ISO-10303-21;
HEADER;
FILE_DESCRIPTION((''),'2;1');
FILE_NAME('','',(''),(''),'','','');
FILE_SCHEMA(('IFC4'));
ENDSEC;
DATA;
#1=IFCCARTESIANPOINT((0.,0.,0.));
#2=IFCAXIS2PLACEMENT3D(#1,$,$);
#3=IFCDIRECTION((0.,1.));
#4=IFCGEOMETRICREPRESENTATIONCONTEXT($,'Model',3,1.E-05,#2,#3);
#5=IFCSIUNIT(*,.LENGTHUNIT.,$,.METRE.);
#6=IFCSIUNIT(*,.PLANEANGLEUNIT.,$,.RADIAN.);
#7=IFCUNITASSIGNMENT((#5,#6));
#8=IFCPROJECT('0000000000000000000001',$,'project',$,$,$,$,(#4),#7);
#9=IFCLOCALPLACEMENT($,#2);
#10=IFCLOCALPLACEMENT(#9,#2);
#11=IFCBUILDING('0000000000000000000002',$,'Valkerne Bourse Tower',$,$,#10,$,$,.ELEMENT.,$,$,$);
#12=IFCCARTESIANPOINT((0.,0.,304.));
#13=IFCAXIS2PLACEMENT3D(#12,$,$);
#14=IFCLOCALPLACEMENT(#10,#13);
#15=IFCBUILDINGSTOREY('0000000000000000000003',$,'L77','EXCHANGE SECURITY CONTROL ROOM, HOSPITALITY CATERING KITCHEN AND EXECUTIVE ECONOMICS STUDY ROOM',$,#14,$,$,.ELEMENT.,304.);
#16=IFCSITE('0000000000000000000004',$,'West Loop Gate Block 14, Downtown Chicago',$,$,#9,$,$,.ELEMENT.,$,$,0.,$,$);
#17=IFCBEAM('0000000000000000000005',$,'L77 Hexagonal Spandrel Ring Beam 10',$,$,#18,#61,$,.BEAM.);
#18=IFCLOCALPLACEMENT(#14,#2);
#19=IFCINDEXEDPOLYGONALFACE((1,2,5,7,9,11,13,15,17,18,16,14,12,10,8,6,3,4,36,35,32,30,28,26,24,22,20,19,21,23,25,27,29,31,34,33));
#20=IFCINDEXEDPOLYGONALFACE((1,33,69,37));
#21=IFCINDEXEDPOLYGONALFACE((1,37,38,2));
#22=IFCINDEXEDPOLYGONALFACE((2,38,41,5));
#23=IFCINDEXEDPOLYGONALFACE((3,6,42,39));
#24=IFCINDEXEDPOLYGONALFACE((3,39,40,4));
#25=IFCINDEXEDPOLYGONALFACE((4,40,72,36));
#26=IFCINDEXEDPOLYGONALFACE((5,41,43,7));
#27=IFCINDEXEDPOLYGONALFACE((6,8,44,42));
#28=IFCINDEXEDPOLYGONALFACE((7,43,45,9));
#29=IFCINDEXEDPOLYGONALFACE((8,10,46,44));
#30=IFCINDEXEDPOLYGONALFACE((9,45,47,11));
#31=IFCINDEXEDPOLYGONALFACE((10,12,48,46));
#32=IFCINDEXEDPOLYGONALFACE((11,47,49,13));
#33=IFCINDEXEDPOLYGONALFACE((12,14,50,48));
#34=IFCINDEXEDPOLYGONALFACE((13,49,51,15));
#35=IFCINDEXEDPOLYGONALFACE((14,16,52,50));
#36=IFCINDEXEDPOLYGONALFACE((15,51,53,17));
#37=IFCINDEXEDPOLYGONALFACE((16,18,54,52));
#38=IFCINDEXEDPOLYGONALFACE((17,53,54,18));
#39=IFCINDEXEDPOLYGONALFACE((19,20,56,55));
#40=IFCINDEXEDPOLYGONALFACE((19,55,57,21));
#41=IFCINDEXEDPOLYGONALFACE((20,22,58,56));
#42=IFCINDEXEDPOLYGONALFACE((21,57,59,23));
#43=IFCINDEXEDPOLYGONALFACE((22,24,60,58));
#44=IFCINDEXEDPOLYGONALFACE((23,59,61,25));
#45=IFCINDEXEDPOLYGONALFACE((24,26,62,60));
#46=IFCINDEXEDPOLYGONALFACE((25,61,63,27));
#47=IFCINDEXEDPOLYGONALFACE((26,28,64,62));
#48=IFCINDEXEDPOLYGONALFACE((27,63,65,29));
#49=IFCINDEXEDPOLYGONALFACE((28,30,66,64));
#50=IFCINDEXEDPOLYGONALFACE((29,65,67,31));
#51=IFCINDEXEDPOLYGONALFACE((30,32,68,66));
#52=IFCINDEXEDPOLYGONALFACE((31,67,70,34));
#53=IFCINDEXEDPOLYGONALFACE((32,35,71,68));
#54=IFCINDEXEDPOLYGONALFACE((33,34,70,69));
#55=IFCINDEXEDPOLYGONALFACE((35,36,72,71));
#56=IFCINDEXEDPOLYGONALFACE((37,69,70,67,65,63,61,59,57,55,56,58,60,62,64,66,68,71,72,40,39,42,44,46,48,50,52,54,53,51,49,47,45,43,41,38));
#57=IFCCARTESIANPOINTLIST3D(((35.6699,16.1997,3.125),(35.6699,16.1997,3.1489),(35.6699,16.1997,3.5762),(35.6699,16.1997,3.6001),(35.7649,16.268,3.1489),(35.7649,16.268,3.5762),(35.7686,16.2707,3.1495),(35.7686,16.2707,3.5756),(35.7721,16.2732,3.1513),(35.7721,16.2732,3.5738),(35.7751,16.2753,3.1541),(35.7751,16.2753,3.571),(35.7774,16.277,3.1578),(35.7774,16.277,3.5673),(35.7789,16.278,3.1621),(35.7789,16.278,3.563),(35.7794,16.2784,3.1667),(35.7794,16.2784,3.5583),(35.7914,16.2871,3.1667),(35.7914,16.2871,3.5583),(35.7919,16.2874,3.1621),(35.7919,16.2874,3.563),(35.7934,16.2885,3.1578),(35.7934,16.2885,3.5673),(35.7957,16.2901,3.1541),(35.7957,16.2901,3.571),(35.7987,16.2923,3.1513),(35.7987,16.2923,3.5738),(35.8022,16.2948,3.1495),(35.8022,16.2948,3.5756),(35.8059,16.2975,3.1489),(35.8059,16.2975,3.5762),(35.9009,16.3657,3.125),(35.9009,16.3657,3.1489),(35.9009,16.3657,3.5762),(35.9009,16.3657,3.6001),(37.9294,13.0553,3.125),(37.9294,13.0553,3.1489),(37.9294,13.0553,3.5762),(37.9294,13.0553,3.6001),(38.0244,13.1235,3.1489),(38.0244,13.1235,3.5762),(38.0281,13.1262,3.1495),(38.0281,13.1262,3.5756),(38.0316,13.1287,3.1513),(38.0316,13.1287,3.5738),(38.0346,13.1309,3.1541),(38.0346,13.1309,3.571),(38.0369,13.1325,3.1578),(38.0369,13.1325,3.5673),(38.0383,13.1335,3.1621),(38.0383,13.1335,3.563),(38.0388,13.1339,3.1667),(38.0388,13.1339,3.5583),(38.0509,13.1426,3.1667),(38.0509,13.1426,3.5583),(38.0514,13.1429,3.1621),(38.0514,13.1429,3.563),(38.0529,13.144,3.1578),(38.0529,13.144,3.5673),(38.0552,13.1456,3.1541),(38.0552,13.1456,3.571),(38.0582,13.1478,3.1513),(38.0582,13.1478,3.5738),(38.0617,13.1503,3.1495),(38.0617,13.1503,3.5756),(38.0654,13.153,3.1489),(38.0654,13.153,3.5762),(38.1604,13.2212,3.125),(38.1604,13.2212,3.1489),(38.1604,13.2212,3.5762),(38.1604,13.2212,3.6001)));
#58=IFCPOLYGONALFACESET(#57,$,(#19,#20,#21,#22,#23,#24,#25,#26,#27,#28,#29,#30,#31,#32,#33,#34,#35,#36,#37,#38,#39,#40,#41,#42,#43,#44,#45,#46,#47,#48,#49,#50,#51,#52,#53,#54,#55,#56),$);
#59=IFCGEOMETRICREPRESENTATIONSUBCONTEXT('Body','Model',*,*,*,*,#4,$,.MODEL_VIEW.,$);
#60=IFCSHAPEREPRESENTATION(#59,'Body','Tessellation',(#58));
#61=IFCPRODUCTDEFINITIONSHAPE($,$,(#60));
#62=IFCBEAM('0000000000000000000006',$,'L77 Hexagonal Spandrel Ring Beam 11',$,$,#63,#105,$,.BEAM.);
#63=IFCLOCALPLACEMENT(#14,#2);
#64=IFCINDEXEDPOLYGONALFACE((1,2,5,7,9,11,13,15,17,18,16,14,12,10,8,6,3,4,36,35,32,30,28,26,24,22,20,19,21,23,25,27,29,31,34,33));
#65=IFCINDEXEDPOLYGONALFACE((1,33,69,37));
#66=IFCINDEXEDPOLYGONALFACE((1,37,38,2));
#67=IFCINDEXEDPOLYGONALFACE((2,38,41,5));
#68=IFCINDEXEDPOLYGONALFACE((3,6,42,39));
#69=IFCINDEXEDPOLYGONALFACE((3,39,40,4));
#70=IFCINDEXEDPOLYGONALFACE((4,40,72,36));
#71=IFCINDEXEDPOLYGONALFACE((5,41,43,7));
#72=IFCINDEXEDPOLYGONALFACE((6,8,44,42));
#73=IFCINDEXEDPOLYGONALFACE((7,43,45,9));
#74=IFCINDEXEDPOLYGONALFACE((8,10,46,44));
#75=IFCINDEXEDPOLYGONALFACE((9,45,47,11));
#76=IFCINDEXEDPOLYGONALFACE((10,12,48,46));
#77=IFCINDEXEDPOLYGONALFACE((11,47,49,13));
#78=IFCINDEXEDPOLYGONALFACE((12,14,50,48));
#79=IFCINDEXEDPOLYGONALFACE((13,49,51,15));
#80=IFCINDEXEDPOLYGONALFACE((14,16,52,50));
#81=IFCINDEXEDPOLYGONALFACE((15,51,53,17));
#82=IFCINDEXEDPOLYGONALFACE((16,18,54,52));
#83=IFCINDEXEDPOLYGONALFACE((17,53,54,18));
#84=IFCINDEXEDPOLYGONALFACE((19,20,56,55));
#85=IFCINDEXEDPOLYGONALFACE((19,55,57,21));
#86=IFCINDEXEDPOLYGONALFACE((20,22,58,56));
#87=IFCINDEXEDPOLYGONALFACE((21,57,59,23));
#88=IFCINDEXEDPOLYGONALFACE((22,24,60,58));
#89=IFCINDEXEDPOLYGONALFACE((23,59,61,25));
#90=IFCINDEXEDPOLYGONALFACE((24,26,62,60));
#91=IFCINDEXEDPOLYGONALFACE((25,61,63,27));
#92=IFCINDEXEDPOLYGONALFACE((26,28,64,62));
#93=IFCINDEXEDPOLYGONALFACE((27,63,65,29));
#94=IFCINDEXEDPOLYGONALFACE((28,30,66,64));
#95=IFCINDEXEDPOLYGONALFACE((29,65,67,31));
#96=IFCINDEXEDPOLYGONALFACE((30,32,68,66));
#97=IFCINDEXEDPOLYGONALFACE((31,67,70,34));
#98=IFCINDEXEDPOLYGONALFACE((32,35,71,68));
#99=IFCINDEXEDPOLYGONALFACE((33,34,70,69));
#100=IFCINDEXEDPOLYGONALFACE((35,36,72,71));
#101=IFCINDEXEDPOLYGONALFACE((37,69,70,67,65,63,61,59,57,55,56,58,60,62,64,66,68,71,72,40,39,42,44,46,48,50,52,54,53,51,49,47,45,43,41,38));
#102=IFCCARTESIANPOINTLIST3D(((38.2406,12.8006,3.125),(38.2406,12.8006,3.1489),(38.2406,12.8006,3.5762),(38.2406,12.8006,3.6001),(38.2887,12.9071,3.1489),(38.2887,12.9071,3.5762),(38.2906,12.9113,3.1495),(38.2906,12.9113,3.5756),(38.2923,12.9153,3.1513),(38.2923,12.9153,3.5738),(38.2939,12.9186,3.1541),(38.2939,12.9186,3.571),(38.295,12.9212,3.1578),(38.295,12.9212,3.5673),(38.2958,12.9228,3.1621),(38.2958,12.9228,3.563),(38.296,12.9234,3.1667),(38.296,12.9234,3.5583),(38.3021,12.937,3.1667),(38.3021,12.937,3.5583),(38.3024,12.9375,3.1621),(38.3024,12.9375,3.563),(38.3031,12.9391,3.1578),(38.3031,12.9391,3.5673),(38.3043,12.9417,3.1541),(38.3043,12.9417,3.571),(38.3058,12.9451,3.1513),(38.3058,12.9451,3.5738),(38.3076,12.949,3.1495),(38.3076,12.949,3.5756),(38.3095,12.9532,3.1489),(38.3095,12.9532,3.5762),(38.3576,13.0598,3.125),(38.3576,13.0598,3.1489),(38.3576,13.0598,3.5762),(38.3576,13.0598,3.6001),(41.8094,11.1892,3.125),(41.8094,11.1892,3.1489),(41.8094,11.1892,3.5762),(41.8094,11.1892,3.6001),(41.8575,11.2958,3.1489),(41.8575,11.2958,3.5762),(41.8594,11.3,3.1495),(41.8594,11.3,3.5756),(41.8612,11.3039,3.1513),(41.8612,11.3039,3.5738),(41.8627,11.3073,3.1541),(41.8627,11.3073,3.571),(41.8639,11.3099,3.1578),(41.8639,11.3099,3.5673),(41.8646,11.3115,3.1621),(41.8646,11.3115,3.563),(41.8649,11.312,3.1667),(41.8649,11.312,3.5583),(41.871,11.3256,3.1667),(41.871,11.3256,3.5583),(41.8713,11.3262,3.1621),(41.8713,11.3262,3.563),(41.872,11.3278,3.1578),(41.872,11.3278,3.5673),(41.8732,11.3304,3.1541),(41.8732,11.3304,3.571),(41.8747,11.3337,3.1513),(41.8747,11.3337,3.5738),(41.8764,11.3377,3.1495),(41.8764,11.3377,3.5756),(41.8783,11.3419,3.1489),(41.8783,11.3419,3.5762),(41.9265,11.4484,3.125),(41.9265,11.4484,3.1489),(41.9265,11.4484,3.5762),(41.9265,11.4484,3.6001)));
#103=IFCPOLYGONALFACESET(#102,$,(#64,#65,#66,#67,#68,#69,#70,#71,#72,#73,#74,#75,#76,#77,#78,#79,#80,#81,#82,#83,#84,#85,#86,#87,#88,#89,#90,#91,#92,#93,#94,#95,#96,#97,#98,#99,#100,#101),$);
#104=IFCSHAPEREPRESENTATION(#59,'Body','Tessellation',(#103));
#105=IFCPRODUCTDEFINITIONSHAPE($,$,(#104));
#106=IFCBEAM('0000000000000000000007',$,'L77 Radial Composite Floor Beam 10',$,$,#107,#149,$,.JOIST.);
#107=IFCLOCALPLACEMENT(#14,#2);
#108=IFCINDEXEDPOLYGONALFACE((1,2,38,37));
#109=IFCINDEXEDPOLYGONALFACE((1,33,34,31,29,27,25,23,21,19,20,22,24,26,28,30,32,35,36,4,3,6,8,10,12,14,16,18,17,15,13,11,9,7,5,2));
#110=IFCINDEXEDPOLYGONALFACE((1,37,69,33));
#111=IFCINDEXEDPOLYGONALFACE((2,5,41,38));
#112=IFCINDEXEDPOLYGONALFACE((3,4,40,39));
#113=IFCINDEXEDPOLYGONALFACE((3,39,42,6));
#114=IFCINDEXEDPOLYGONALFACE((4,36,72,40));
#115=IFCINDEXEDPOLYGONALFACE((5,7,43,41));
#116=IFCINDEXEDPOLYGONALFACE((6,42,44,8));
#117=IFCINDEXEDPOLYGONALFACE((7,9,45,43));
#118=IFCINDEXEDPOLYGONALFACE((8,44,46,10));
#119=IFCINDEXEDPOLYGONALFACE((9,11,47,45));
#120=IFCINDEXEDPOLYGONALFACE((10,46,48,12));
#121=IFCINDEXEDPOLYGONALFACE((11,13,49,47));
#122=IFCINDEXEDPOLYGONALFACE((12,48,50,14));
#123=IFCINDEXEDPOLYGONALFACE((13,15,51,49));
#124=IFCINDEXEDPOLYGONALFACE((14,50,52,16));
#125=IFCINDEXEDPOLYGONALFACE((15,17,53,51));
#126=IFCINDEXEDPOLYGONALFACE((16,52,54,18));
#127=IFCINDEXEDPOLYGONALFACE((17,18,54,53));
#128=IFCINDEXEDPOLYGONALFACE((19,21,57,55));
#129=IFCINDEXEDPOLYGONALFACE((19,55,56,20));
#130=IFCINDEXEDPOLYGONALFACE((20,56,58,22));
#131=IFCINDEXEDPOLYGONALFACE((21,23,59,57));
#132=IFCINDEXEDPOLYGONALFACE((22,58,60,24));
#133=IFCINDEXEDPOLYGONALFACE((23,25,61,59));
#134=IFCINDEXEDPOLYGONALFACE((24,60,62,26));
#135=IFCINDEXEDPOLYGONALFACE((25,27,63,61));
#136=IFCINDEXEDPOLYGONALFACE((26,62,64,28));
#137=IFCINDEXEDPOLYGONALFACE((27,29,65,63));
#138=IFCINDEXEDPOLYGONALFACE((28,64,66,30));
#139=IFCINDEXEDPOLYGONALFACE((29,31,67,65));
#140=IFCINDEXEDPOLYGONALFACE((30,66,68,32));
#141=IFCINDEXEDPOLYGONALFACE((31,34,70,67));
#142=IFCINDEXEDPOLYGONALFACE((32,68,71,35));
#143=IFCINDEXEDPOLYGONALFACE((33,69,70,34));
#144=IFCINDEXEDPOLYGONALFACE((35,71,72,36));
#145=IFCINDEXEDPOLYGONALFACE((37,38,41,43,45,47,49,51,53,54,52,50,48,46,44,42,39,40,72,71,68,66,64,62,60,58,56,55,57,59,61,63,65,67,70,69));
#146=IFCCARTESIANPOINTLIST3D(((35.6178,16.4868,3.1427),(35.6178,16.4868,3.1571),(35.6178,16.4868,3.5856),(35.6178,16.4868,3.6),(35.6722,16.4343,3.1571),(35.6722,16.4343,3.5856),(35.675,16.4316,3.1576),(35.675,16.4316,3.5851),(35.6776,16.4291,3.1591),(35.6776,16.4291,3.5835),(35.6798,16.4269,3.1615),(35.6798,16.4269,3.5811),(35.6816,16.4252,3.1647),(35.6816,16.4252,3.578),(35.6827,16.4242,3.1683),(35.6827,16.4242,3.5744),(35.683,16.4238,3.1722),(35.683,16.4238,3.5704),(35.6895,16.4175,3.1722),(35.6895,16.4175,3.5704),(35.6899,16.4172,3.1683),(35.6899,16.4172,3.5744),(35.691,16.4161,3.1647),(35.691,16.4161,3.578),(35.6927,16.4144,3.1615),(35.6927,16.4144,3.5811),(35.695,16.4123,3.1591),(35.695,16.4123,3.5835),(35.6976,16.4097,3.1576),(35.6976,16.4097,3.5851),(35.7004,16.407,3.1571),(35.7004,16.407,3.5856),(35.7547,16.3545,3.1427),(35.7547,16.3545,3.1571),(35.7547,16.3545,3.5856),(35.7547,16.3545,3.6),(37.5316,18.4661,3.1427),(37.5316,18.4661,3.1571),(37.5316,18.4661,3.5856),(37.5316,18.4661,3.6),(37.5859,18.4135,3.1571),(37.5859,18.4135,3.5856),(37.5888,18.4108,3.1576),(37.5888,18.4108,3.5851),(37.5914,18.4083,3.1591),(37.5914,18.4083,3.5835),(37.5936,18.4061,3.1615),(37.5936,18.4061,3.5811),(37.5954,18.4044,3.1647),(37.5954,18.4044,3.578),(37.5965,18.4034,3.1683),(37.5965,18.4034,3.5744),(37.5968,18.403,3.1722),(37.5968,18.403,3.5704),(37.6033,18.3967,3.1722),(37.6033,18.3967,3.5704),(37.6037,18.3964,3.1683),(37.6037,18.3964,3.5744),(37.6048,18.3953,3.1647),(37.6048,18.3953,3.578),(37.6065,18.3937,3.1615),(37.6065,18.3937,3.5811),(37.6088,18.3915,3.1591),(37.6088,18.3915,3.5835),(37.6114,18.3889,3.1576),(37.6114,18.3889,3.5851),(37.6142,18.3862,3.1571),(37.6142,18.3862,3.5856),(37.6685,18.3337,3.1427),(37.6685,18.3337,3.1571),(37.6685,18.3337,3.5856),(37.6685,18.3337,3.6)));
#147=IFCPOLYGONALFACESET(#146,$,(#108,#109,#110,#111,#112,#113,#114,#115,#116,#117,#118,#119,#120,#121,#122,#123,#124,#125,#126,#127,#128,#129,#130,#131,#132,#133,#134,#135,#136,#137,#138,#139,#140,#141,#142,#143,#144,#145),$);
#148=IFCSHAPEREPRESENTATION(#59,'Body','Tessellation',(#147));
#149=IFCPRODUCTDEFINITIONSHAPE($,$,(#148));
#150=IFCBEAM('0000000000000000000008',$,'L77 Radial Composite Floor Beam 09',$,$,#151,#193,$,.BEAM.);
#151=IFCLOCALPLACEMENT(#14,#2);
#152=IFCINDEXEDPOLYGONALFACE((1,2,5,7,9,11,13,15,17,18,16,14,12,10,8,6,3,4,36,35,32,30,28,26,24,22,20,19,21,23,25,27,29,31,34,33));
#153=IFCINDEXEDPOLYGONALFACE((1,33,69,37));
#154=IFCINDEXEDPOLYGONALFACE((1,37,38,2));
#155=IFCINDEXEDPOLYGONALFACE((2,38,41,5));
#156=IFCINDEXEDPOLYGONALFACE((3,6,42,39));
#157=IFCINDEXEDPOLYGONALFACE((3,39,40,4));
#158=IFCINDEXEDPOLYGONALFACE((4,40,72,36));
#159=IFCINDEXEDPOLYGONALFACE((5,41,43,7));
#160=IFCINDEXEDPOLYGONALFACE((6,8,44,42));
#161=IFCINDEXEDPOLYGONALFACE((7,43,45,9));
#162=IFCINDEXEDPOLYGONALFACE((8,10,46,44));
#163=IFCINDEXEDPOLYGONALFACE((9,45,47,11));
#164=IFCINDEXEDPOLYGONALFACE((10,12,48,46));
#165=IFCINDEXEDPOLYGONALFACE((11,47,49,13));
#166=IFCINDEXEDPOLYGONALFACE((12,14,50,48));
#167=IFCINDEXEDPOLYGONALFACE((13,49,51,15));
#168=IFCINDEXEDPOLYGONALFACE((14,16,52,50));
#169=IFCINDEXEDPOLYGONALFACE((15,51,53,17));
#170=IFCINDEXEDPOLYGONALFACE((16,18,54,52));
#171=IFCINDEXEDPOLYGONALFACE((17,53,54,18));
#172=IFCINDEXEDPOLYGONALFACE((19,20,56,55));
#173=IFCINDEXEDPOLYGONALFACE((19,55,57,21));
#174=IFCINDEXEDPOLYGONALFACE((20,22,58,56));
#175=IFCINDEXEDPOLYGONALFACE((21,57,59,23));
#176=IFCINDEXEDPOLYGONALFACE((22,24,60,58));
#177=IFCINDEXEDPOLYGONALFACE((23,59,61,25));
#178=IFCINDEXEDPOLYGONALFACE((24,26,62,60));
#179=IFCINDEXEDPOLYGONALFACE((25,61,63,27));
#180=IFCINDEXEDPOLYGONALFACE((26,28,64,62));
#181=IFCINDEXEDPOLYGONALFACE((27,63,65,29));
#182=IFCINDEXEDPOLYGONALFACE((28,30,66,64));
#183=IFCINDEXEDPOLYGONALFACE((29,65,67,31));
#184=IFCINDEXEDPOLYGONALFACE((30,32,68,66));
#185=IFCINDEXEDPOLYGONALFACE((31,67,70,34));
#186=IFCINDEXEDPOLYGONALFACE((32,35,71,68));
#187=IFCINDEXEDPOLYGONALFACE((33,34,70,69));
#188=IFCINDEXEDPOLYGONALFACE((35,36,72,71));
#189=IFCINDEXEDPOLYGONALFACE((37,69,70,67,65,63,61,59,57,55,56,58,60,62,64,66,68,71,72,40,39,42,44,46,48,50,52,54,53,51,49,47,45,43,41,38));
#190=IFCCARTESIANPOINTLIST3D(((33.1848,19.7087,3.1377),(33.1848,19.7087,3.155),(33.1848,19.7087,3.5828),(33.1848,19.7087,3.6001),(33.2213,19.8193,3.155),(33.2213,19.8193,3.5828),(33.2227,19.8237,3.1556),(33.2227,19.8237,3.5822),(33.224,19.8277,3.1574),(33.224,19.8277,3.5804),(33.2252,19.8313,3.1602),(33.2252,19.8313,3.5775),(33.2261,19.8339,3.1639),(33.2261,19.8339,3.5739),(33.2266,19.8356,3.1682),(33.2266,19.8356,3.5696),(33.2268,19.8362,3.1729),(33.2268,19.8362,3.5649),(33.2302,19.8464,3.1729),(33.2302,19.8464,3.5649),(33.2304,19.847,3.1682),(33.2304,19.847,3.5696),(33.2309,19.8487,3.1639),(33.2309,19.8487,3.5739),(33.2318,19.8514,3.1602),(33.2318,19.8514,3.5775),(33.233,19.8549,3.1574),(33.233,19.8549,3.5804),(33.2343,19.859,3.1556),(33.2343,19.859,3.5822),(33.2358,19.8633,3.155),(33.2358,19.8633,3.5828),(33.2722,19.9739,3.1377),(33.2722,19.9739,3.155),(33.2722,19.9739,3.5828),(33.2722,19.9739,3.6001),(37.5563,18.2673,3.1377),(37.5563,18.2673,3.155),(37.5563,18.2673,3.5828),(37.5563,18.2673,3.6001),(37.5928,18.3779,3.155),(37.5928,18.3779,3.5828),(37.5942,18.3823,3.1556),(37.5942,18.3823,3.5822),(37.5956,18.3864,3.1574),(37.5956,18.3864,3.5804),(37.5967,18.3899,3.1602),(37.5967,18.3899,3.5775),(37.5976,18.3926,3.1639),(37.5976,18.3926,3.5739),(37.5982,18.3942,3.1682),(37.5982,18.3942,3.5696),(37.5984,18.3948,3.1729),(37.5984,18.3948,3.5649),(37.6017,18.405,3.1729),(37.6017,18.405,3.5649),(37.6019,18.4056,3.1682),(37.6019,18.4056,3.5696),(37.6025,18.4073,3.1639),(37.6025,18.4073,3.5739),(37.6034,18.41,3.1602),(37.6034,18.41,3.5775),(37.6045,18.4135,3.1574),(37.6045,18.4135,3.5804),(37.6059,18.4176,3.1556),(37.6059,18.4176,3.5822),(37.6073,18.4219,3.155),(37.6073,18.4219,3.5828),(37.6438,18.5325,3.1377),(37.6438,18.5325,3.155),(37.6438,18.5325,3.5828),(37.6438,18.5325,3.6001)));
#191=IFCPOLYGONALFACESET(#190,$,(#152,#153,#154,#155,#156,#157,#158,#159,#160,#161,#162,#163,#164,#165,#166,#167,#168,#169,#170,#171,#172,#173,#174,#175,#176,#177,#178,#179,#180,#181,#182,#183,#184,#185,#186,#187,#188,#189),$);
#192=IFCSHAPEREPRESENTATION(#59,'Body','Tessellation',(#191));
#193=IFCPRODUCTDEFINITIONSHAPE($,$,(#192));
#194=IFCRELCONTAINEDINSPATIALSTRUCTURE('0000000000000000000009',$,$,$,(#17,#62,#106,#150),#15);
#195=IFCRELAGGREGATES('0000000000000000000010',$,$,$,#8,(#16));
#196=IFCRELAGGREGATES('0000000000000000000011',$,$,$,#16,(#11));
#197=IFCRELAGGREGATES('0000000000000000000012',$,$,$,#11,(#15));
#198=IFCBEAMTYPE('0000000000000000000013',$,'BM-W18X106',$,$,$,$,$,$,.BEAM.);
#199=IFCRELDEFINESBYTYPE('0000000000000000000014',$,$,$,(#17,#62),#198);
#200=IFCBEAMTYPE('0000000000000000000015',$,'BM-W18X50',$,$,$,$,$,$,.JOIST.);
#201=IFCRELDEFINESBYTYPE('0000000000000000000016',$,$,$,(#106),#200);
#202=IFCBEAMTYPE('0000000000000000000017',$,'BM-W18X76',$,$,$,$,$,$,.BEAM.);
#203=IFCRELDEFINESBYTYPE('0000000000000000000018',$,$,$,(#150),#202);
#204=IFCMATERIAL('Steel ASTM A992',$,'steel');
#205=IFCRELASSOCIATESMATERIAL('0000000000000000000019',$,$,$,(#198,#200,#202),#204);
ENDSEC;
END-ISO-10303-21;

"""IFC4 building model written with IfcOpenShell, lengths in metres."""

from ifc_helpers import new_model, si_unit, direction, frame, origin, origin_2d, place, context, subcontext, project, spatial, i_section, extrude, material, material_profile, profile_set, type_object, element, save


model = new_model("IFC4")

# Units and contexts
model_context = context("Model", 3, precision=1e-05, world=origin(), true_north=direction((0.0, 1.0)))
body_context = subcontext(model_context, "Body", "Model", "MODEL_VIEW")
ifc_project = project(units=[si_unit("LENGTHUNIT", "METRE"), si_unit("PLANEANGLEUNIT", "RADIAN")], contexts=[model_context])

# Site, building, storey
site_placement = place(None, origin())
site = spatial("IfcSite", under=ifc_project, at=site_placement, Name="West Loop Gate Block 14, Downtown Chicago", CompositionType="ELEMENT", RefElevation=0.0)
building_placement = place(site_placement, origin())
building = spatial("IfcBuilding", under=site, at=building_placement, Name="Valkerne Bourse Tower", CompositionType="ELEMENT")
storey_placement = place(building_placement, frame((0.0, 0.0, 304.0)))
storey = spatial("IfcBuildingStorey", under=building, at=storey_placement, Name="L77", Description="EXCHANGE SECURITY CONTROL ROOM, HOSPITALITY CATERING KITCHEN AND EXECUTIVE ECONOMICS STUDY ROOM", CompositionType="ELEMENT", Elevation=304.0)

# Beams
ifc_material_1 = material(Name="Steel ASTM A992", Category="steel")
ifc_material_profile_1 = material_profile(ifc_material_1, i_section(OverallWidth=0.2844, OverallDepth=0.4751, WebThickness=0.0149, FlangeThickness=0.0239, FilletRadius=0.0178, at=origin_2d()), Name="W18X106")
ifc_profile_set_1 = profile_set([ifc_material_profile_1], Name="Steel ASTM A992")
beam_type_1 = type_object("IfcBeamType", Name="BM-W18X106", PredefinedType="BEAM", material=ifc_profile_set_1)
beam_1_placement = place(storey_placement, frame((35.7854, 16.2827, 3.3625), z_axis=(0.583532, -0.81209, 0.0), x_axis=(0.81209, 0.583532, 0.0)))
element("IfcBeam", 1, at=beam_1_placement, inside=storey, type_object=beam_type_1, Name="L77 Hexagonal Spandrel Ring Beam 10", PredefinedType="BEAM", context=body_context, shape_type="SweptSolid", body=[
    extrude(i_section(OverallWidth=0.2844, OverallDepth=0.4751, WebThickness=0.0149, FlangeThickness=0.0239, FilletRadius=0.0178, at=origin_2d()), origin(), (0.0, 0.0, 1.0), 3.8721),
])
beam_2_placement = place(storey_placement, frame((38.2991, 12.9302, 3.3625), z_axis=(0.91141, -0.4115, 0.0), x_axis=(0.4115, 0.91141, 0.0)))
element("IfcBeam", 2, at=beam_2_placement, inside=storey, type_object=beam_type_1, Name="L77 Hexagonal Spandrel Ring Beam 11", PredefinedType="BEAM", context=body_context, shape_type="SweptSolid", body=[
    extrude(i_section(OverallWidth=0.2844, OverallDepth=0.4751, WebThickness=0.0149, FlangeThickness=0.0239, FilletRadius=0.0178, at=origin_2d()), origin(), (0.0, 0.0, 1.0), 3.9158),
])
ifc_material_profile_2 = material_profile(ifc_material_1, i_section(OverallWidth=0.1904, OverallDepth=0.4573, WebThickness=0.009, FlangeThickness=0.0144, FilletRadius=0.0151, at=origin_2d()), Name="W18X50")
ifc_profile_set_2 = profile_set([ifc_material_profile_2], Name="Steel ASTM A992")
beam_type_2 = type_object("IfcBeamType", Name="BM-W18X50", PredefinedType="JOIST", material=ifc_profile_set_2)
beam_3_placement = place(storey_placement, frame((35.6863, 16.4207, 3.3713), z_axis=(0.695124, 0.718889, 0.0), x_axis=(-0.718889, 0.695124, 0.0)))
element("IfcBeam", 3, at=beam_3_placement, inside=storey, type_object=beam_type_2, Name="L77 Radial Composite Floor Beam 10", PredefinedType="JOIST", context=body_context, shape_type="SweptSolid", body=[
    extrude(i_section(OverallWidth=0.1904, OverallDepth=0.4573, WebThickness=0.009, FlangeThickness=0.0144, FilletRadius=0.0151, at=origin_2d()), origin(), (0.0, 0.0, 1.0), 2.7532),
])
ifc_material_profile_3 = material_profile(ifc_material_1, i_section(OverallWidth=0.2793, OverallDepth=0.4624, WebThickness=0.0107, FlangeThickness=0.0173, FilletRadius=0.0178, at=origin_2d()), Name="W18X76")
ifc_profile_set_3 = profile_set([ifc_material_profile_3], Name="Steel ASTM A992")
beam_type_3 = type_object("IfcBeamType", Name="BM-W18X76", PredefinedType="BEAM", material=ifc_profile_set_3)
beam_4_placement = place(storey_placement, frame((33.2285, 19.8413, 3.3689), z_axis=(0.949707, -0.313139, 0.0), x_axis=(0.313139, 0.949707, 0.0)))
element("IfcBeam", 4, at=beam_4_placement, inside=storey, type_object=beam_type_3, Name="L77 Radial Composite Floor Beam 09", PredefinedType="BEAM", context=body_context, shape_type="SweptSolid", body=[
    extrude(i_section(OverallWidth=0.2793, OverallDepth=0.4624, WebThickness=0.0107, FlangeThickness=0.0173, FilletRadius=0.0178, at=origin_2d()), origin(), (0.0, 0.0, 1.0), 4.603),
])

save(model, "model.ifc")
